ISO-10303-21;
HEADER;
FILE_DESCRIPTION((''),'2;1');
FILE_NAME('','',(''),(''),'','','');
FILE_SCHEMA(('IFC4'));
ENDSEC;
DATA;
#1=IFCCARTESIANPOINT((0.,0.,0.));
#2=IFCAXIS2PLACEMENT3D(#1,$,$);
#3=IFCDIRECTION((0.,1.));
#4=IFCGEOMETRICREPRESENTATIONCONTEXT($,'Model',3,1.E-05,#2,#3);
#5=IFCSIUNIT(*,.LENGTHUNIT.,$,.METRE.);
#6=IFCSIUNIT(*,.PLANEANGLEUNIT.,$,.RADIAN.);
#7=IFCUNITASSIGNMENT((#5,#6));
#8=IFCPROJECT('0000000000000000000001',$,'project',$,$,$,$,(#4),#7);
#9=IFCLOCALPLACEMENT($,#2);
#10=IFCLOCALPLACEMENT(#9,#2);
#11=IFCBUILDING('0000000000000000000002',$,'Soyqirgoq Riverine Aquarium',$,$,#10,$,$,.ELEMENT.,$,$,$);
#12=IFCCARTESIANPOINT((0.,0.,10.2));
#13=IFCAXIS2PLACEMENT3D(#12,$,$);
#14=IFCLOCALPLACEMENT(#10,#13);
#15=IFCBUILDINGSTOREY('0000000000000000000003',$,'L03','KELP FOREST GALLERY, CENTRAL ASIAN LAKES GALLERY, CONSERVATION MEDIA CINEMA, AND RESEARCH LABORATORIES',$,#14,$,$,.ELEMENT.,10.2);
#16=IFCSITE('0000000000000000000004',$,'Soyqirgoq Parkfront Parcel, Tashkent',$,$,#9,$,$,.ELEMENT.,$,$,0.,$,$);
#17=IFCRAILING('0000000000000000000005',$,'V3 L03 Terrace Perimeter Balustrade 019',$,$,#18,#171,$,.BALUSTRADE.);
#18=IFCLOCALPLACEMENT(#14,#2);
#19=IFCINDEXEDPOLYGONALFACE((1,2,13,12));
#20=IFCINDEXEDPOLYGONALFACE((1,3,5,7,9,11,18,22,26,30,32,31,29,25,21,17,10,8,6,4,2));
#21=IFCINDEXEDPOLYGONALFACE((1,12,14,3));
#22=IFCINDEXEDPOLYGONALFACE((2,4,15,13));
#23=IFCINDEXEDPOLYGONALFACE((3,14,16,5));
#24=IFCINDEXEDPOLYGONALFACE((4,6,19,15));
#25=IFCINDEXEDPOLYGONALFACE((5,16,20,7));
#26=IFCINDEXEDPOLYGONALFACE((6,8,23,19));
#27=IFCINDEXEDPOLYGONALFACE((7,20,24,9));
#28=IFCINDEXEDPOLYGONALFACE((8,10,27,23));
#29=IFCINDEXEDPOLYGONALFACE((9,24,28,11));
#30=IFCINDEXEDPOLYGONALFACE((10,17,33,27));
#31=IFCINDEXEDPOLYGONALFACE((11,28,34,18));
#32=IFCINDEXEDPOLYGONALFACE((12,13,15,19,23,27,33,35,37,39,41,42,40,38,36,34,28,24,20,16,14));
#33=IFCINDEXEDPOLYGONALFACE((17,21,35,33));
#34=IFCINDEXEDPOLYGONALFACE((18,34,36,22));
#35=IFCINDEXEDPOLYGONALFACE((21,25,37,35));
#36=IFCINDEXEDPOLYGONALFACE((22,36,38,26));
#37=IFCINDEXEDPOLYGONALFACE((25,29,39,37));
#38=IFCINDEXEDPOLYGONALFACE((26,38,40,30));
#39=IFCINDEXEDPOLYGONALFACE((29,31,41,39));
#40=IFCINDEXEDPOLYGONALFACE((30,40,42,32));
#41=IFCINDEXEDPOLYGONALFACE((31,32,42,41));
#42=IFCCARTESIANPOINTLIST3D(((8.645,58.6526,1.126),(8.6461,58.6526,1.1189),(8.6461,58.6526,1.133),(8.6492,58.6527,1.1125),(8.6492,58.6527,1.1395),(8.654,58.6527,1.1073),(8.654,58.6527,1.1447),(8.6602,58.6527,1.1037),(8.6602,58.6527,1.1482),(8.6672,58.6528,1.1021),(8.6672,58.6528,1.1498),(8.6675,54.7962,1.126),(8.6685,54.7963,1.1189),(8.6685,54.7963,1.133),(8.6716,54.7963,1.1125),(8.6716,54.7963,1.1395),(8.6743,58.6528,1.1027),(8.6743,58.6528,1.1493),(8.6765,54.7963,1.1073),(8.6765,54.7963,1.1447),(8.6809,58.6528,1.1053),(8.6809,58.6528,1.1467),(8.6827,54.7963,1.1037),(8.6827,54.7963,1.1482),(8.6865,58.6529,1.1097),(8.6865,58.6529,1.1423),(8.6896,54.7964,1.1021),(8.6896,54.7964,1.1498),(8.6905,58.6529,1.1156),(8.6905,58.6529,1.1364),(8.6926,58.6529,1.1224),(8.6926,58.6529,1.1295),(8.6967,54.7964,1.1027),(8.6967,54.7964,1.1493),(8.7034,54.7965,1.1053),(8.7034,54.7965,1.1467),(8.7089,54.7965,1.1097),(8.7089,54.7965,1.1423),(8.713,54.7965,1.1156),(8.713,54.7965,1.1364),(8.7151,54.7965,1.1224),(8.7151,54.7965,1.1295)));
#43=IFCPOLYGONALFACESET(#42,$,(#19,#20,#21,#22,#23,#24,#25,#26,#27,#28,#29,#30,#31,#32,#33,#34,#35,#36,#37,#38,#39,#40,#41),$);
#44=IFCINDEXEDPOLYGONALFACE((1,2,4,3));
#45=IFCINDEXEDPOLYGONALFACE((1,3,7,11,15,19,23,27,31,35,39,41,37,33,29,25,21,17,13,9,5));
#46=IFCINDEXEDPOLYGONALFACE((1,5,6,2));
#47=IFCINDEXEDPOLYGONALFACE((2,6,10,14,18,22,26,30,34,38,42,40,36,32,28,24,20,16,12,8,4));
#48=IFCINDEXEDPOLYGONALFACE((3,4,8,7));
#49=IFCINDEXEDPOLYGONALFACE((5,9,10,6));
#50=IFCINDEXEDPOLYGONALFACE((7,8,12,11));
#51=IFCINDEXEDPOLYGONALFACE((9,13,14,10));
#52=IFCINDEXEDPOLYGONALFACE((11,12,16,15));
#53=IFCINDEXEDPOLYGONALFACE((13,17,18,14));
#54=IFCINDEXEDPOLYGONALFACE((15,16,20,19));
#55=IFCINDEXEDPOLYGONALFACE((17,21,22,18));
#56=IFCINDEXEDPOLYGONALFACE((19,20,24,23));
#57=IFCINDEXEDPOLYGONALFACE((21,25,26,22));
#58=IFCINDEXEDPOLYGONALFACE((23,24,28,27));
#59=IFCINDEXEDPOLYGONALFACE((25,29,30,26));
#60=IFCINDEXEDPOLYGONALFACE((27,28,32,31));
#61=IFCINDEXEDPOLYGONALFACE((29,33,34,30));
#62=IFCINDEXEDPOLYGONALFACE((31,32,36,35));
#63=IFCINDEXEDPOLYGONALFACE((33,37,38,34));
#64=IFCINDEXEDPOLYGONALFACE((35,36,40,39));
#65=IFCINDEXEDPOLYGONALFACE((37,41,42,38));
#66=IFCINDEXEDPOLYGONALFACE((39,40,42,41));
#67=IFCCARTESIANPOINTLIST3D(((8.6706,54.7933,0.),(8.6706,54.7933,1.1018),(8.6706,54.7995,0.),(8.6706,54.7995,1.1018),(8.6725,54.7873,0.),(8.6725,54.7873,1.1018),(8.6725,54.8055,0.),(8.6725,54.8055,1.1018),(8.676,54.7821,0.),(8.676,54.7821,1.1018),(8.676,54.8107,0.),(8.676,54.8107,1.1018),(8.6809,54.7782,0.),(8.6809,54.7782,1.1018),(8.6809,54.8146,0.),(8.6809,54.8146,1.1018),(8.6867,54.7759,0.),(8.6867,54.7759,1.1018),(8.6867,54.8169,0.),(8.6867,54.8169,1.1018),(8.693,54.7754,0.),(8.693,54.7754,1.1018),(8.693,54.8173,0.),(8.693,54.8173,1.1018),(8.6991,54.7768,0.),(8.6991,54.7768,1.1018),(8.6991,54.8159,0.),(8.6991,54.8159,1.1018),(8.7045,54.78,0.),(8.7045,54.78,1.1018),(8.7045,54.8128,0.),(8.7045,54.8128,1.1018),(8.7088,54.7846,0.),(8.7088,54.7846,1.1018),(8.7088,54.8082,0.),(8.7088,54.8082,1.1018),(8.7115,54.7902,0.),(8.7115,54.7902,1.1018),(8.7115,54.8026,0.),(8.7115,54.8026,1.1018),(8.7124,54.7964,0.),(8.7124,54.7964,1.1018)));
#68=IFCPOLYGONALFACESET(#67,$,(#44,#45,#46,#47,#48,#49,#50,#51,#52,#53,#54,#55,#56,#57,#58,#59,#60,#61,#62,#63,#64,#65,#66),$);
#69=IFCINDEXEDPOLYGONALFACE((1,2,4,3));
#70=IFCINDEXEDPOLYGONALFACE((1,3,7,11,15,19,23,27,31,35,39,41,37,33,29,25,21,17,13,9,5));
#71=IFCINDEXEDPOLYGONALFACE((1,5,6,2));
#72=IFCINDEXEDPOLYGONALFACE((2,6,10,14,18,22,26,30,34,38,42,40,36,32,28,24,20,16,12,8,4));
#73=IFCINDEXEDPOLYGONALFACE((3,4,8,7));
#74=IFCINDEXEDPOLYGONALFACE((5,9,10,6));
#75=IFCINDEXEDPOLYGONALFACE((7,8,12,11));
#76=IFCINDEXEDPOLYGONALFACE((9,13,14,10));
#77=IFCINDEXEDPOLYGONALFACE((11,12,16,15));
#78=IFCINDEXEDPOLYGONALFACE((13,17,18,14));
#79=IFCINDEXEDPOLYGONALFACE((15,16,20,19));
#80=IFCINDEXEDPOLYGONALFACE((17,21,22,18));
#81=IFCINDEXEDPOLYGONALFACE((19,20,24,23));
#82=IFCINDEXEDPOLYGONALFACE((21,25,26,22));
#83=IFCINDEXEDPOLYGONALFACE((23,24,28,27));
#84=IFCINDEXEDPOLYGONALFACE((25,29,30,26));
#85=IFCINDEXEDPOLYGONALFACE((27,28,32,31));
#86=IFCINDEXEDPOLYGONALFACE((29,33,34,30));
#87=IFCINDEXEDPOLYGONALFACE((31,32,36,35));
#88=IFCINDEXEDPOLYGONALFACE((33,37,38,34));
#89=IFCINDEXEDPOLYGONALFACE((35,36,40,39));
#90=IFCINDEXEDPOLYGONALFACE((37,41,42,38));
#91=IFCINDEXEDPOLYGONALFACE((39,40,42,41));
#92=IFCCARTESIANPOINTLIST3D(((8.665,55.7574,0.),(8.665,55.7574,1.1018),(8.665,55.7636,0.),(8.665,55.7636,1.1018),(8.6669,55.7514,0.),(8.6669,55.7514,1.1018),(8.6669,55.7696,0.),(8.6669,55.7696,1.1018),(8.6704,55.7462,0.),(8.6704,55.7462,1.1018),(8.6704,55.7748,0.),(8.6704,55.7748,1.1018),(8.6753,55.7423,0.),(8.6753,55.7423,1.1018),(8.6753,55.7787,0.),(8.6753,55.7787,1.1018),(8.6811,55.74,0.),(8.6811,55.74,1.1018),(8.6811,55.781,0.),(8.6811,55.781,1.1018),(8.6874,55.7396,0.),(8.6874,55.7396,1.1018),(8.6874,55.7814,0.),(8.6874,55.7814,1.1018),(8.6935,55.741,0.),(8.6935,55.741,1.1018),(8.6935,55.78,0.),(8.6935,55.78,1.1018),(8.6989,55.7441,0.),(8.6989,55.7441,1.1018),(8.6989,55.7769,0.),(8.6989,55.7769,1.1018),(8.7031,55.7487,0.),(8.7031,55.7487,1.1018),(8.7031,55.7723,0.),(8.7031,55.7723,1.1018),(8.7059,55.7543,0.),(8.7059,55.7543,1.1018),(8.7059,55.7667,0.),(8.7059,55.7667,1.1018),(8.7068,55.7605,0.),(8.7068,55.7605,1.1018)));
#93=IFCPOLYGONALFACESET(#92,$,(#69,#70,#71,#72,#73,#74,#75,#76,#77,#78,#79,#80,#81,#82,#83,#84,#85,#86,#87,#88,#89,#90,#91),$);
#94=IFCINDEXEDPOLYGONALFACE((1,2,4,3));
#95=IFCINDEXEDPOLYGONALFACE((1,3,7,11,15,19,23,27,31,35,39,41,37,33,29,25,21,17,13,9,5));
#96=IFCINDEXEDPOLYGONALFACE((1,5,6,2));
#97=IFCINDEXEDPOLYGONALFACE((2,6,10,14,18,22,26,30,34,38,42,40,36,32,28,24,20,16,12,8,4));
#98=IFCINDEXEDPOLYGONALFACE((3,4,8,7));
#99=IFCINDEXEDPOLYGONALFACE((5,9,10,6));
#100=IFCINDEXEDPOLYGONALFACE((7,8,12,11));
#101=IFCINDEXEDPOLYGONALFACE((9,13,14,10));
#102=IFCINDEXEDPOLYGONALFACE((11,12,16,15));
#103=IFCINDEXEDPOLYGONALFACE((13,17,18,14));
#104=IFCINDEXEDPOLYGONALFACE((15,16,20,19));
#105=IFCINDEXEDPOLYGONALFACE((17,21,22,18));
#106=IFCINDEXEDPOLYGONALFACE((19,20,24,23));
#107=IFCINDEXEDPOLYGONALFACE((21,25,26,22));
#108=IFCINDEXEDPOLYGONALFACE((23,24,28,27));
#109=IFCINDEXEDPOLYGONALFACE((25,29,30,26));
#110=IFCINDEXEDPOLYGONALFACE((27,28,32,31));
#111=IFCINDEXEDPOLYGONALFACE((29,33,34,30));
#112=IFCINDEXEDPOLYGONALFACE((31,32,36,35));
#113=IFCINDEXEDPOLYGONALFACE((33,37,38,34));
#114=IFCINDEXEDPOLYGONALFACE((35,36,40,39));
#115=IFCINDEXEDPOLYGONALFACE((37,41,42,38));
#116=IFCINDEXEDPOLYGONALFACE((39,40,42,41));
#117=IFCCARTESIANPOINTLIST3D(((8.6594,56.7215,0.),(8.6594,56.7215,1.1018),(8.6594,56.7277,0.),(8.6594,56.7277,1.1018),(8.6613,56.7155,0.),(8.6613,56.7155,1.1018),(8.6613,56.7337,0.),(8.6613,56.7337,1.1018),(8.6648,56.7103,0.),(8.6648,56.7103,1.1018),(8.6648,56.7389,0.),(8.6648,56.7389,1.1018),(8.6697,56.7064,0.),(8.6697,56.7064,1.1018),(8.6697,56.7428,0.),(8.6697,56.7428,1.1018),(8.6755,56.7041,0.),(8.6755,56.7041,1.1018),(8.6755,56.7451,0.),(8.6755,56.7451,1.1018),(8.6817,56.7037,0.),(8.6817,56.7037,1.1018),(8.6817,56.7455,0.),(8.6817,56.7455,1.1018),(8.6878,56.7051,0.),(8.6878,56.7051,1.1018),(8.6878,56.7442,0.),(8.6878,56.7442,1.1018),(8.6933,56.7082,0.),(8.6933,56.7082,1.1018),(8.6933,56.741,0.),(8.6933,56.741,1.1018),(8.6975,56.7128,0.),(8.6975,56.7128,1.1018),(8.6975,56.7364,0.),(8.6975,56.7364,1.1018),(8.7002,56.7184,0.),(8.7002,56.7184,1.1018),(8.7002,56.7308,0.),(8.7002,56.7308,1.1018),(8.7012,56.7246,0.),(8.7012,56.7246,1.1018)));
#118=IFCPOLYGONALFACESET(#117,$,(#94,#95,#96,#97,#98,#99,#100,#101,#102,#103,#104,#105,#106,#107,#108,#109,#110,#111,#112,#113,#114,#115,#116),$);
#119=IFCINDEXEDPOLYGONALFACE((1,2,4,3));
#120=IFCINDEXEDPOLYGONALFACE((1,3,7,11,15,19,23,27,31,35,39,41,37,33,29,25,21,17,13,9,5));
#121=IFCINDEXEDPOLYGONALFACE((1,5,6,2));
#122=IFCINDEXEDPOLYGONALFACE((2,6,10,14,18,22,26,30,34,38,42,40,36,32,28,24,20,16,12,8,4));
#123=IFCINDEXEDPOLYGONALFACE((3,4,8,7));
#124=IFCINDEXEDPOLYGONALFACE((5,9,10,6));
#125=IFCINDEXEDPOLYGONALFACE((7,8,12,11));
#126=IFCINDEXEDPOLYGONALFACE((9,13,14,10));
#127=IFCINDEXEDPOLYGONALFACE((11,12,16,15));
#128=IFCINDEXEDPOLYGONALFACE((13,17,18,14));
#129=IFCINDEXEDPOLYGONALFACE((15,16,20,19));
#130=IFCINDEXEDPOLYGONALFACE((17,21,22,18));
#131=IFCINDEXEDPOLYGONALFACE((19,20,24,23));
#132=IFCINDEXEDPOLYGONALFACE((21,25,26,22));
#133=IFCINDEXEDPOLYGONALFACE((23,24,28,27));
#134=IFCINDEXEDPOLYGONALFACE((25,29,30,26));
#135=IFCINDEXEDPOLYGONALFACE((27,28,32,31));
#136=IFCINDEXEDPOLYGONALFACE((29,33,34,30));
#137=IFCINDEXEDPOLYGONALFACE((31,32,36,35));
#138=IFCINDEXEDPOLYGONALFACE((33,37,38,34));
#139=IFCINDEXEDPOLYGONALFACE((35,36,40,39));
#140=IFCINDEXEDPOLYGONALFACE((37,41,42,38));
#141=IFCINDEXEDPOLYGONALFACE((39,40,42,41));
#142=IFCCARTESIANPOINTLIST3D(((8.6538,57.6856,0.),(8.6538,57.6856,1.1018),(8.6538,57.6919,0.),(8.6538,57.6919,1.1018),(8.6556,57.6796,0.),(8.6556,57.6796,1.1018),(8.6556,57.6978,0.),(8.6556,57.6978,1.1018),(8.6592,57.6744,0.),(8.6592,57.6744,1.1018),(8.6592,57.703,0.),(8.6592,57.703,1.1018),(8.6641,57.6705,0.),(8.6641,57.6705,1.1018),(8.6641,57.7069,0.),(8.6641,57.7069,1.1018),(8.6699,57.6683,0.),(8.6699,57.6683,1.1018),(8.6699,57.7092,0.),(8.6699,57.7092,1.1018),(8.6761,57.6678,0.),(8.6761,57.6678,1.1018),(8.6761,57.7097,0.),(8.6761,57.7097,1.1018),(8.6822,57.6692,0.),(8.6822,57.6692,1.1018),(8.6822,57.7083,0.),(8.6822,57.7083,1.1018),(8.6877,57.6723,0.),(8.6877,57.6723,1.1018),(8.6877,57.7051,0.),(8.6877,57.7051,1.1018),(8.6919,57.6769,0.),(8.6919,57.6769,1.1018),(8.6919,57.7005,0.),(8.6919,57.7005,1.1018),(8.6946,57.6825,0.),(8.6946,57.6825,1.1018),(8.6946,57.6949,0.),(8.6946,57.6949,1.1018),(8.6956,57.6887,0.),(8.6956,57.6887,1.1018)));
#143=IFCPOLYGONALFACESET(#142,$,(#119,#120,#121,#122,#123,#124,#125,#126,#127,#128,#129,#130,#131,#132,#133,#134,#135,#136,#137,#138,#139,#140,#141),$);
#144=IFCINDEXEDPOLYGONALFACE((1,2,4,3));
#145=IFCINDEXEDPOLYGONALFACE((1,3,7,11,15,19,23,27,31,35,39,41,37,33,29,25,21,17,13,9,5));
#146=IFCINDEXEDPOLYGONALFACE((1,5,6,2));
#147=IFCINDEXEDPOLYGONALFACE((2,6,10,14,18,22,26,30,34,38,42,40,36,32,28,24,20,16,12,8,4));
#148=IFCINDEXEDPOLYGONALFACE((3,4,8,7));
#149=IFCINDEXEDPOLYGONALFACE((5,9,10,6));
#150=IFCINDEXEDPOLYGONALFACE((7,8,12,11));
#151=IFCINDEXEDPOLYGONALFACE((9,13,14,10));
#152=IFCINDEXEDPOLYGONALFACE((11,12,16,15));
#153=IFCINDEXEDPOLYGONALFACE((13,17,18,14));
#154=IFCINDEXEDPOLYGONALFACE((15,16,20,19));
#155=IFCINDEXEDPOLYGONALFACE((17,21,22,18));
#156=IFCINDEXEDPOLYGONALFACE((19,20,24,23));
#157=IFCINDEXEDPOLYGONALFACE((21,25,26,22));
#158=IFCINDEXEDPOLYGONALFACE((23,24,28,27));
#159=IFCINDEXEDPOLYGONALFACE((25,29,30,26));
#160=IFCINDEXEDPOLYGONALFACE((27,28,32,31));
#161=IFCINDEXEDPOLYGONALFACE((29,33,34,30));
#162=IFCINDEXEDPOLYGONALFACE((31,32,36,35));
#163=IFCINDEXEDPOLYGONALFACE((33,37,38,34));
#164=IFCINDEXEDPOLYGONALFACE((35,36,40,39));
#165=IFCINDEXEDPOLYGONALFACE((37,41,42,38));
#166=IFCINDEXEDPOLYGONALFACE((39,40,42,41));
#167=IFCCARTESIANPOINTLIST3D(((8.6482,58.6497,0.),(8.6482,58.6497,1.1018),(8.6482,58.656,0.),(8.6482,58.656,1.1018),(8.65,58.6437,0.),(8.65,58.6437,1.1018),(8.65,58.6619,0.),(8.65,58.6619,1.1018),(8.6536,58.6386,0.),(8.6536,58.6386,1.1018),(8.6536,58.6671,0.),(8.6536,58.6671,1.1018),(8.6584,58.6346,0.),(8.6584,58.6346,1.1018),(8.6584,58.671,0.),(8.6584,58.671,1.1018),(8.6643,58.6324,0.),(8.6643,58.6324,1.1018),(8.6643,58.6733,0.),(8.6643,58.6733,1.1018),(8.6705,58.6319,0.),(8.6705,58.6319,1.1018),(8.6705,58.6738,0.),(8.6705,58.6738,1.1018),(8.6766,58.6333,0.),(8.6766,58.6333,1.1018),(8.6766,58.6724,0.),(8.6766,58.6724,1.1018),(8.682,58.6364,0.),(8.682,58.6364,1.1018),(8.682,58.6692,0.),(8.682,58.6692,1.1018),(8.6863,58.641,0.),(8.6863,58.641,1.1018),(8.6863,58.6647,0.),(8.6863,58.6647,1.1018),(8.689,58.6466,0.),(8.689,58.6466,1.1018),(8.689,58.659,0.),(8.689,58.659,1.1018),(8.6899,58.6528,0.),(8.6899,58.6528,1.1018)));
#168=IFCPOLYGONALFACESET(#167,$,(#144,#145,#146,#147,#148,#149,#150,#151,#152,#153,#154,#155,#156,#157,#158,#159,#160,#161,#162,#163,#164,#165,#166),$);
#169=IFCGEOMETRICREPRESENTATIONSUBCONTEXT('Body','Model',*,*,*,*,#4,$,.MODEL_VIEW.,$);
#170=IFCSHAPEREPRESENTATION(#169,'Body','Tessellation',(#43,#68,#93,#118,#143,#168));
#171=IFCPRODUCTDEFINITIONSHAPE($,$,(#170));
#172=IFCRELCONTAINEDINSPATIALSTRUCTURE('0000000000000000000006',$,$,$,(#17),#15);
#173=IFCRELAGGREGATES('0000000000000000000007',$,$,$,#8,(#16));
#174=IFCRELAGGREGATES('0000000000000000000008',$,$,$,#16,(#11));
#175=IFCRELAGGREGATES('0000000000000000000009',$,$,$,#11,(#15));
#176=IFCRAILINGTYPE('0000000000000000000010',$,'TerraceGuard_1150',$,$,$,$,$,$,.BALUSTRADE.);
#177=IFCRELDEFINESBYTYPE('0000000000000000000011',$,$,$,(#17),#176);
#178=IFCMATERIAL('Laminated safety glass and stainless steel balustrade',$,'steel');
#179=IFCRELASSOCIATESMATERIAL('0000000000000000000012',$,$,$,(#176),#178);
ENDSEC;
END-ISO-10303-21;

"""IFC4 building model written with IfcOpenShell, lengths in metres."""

from ifc_helpers import new_model, si_unit, direction, frame, origin, origin_2d, place, context, subcontext, project, spatial, circle, extrude, material, type_object, element, save


model = new_model("IFC4")

# Units and contexts
model_context = context("Model", 3, precision=1e-05, world=origin(), true_north=direction((0.0, 1.0)))
body_context = subcontext(model_context, "Body", "Model", "MODEL_VIEW")
ifc_project = project(units=[si_unit("LENGTHUNIT", "METRE"), si_unit("PLANEANGLEUNIT", "RADIAN")], contexts=[model_context])

# Site, building, storey
site_placement = place(None, origin())
site = spatial("IfcSite", under=ifc_project, at=site_placement, Name="Soyqirgoq Parkfront Parcel, Tashkent", CompositionType="ELEMENT", RefElevation=0.0)
building_placement = place(site_placement, origin())
building = spatial("IfcBuilding", under=site, at=building_placement, Name="Soyqirgoq Riverine Aquarium", CompositionType="ELEMENT")
storey_placement = place(building_placement, frame((0.0, 0.0, 10.2)))
storey = spatial("IfcBuildingStorey", under=building, at=storey_placement, Name="L03", Description="KELP FOREST GALLERY, CENTRAL ASIAN LAKES GALLERY, CONSERVATION MEDIA CINEMA, AND RESEARCH LABORATORIES", CompositionType="ELEMENT", Elevation=10.2)

# Railing
ifc_material_1 = material(Name="Laminated safety glass and stainless steel balustrade", Category="steel")
railing_type = type_object("IfcRailingType", Name="TerraceGuard_1150", PredefinedType="BALUSTRADE", material=ifc_material_1)
railing_1_placement = place(storey_placement, frame((8.6914, 54.7964, 0.0)))
element("IfcRailing", 1, at=railing_1_placement, inside=storey, type_object=railing_type, Name="V3 L03 Terrace Perimeter Balustrade 019", PredefinedType="BALUSTRADE", context=body_context, shape_type="SweptSolid", body=[
    extrude(circle(Radius=0.0239, at=origin_2d()), frame((0.0, 0.0, 1.126), z_axis=(-0.005824, 0.999983, 0.0), x_axis=(-0.999983, -0.005824, 0.0)), (0.0, 0.0, 1.0), 3.8564),
    extrude(circle(Radius=0.021, at=origin_2d()), origin(), (0.0, 0.0, 1.0), 1.1018),
    extrude(circle(Radius=0.021, at=origin_2d()), frame((-0.0056, 0.9641, 0.0)), (0.0, 0.0, 1.0), 1.1018),
    extrude(circle(Radius=0.021, at=origin_2d()), frame((-0.0112, 1.9282, 0.0)), (0.0, 0.0, 1.0), 1.1018),
    extrude(circle(Radius=0.021, at=origin_2d()), frame((-0.0168, 2.8923, 0.0)), (0.0, 0.0, 1.0), 1.1018),
    extrude(circle(Radius=0.021, at=origin_2d()), frame((-0.0225, 3.8564, 0.0)), (0.0, 0.0, 1.0), 1.1018),
])

save(model, "model.ifc")
